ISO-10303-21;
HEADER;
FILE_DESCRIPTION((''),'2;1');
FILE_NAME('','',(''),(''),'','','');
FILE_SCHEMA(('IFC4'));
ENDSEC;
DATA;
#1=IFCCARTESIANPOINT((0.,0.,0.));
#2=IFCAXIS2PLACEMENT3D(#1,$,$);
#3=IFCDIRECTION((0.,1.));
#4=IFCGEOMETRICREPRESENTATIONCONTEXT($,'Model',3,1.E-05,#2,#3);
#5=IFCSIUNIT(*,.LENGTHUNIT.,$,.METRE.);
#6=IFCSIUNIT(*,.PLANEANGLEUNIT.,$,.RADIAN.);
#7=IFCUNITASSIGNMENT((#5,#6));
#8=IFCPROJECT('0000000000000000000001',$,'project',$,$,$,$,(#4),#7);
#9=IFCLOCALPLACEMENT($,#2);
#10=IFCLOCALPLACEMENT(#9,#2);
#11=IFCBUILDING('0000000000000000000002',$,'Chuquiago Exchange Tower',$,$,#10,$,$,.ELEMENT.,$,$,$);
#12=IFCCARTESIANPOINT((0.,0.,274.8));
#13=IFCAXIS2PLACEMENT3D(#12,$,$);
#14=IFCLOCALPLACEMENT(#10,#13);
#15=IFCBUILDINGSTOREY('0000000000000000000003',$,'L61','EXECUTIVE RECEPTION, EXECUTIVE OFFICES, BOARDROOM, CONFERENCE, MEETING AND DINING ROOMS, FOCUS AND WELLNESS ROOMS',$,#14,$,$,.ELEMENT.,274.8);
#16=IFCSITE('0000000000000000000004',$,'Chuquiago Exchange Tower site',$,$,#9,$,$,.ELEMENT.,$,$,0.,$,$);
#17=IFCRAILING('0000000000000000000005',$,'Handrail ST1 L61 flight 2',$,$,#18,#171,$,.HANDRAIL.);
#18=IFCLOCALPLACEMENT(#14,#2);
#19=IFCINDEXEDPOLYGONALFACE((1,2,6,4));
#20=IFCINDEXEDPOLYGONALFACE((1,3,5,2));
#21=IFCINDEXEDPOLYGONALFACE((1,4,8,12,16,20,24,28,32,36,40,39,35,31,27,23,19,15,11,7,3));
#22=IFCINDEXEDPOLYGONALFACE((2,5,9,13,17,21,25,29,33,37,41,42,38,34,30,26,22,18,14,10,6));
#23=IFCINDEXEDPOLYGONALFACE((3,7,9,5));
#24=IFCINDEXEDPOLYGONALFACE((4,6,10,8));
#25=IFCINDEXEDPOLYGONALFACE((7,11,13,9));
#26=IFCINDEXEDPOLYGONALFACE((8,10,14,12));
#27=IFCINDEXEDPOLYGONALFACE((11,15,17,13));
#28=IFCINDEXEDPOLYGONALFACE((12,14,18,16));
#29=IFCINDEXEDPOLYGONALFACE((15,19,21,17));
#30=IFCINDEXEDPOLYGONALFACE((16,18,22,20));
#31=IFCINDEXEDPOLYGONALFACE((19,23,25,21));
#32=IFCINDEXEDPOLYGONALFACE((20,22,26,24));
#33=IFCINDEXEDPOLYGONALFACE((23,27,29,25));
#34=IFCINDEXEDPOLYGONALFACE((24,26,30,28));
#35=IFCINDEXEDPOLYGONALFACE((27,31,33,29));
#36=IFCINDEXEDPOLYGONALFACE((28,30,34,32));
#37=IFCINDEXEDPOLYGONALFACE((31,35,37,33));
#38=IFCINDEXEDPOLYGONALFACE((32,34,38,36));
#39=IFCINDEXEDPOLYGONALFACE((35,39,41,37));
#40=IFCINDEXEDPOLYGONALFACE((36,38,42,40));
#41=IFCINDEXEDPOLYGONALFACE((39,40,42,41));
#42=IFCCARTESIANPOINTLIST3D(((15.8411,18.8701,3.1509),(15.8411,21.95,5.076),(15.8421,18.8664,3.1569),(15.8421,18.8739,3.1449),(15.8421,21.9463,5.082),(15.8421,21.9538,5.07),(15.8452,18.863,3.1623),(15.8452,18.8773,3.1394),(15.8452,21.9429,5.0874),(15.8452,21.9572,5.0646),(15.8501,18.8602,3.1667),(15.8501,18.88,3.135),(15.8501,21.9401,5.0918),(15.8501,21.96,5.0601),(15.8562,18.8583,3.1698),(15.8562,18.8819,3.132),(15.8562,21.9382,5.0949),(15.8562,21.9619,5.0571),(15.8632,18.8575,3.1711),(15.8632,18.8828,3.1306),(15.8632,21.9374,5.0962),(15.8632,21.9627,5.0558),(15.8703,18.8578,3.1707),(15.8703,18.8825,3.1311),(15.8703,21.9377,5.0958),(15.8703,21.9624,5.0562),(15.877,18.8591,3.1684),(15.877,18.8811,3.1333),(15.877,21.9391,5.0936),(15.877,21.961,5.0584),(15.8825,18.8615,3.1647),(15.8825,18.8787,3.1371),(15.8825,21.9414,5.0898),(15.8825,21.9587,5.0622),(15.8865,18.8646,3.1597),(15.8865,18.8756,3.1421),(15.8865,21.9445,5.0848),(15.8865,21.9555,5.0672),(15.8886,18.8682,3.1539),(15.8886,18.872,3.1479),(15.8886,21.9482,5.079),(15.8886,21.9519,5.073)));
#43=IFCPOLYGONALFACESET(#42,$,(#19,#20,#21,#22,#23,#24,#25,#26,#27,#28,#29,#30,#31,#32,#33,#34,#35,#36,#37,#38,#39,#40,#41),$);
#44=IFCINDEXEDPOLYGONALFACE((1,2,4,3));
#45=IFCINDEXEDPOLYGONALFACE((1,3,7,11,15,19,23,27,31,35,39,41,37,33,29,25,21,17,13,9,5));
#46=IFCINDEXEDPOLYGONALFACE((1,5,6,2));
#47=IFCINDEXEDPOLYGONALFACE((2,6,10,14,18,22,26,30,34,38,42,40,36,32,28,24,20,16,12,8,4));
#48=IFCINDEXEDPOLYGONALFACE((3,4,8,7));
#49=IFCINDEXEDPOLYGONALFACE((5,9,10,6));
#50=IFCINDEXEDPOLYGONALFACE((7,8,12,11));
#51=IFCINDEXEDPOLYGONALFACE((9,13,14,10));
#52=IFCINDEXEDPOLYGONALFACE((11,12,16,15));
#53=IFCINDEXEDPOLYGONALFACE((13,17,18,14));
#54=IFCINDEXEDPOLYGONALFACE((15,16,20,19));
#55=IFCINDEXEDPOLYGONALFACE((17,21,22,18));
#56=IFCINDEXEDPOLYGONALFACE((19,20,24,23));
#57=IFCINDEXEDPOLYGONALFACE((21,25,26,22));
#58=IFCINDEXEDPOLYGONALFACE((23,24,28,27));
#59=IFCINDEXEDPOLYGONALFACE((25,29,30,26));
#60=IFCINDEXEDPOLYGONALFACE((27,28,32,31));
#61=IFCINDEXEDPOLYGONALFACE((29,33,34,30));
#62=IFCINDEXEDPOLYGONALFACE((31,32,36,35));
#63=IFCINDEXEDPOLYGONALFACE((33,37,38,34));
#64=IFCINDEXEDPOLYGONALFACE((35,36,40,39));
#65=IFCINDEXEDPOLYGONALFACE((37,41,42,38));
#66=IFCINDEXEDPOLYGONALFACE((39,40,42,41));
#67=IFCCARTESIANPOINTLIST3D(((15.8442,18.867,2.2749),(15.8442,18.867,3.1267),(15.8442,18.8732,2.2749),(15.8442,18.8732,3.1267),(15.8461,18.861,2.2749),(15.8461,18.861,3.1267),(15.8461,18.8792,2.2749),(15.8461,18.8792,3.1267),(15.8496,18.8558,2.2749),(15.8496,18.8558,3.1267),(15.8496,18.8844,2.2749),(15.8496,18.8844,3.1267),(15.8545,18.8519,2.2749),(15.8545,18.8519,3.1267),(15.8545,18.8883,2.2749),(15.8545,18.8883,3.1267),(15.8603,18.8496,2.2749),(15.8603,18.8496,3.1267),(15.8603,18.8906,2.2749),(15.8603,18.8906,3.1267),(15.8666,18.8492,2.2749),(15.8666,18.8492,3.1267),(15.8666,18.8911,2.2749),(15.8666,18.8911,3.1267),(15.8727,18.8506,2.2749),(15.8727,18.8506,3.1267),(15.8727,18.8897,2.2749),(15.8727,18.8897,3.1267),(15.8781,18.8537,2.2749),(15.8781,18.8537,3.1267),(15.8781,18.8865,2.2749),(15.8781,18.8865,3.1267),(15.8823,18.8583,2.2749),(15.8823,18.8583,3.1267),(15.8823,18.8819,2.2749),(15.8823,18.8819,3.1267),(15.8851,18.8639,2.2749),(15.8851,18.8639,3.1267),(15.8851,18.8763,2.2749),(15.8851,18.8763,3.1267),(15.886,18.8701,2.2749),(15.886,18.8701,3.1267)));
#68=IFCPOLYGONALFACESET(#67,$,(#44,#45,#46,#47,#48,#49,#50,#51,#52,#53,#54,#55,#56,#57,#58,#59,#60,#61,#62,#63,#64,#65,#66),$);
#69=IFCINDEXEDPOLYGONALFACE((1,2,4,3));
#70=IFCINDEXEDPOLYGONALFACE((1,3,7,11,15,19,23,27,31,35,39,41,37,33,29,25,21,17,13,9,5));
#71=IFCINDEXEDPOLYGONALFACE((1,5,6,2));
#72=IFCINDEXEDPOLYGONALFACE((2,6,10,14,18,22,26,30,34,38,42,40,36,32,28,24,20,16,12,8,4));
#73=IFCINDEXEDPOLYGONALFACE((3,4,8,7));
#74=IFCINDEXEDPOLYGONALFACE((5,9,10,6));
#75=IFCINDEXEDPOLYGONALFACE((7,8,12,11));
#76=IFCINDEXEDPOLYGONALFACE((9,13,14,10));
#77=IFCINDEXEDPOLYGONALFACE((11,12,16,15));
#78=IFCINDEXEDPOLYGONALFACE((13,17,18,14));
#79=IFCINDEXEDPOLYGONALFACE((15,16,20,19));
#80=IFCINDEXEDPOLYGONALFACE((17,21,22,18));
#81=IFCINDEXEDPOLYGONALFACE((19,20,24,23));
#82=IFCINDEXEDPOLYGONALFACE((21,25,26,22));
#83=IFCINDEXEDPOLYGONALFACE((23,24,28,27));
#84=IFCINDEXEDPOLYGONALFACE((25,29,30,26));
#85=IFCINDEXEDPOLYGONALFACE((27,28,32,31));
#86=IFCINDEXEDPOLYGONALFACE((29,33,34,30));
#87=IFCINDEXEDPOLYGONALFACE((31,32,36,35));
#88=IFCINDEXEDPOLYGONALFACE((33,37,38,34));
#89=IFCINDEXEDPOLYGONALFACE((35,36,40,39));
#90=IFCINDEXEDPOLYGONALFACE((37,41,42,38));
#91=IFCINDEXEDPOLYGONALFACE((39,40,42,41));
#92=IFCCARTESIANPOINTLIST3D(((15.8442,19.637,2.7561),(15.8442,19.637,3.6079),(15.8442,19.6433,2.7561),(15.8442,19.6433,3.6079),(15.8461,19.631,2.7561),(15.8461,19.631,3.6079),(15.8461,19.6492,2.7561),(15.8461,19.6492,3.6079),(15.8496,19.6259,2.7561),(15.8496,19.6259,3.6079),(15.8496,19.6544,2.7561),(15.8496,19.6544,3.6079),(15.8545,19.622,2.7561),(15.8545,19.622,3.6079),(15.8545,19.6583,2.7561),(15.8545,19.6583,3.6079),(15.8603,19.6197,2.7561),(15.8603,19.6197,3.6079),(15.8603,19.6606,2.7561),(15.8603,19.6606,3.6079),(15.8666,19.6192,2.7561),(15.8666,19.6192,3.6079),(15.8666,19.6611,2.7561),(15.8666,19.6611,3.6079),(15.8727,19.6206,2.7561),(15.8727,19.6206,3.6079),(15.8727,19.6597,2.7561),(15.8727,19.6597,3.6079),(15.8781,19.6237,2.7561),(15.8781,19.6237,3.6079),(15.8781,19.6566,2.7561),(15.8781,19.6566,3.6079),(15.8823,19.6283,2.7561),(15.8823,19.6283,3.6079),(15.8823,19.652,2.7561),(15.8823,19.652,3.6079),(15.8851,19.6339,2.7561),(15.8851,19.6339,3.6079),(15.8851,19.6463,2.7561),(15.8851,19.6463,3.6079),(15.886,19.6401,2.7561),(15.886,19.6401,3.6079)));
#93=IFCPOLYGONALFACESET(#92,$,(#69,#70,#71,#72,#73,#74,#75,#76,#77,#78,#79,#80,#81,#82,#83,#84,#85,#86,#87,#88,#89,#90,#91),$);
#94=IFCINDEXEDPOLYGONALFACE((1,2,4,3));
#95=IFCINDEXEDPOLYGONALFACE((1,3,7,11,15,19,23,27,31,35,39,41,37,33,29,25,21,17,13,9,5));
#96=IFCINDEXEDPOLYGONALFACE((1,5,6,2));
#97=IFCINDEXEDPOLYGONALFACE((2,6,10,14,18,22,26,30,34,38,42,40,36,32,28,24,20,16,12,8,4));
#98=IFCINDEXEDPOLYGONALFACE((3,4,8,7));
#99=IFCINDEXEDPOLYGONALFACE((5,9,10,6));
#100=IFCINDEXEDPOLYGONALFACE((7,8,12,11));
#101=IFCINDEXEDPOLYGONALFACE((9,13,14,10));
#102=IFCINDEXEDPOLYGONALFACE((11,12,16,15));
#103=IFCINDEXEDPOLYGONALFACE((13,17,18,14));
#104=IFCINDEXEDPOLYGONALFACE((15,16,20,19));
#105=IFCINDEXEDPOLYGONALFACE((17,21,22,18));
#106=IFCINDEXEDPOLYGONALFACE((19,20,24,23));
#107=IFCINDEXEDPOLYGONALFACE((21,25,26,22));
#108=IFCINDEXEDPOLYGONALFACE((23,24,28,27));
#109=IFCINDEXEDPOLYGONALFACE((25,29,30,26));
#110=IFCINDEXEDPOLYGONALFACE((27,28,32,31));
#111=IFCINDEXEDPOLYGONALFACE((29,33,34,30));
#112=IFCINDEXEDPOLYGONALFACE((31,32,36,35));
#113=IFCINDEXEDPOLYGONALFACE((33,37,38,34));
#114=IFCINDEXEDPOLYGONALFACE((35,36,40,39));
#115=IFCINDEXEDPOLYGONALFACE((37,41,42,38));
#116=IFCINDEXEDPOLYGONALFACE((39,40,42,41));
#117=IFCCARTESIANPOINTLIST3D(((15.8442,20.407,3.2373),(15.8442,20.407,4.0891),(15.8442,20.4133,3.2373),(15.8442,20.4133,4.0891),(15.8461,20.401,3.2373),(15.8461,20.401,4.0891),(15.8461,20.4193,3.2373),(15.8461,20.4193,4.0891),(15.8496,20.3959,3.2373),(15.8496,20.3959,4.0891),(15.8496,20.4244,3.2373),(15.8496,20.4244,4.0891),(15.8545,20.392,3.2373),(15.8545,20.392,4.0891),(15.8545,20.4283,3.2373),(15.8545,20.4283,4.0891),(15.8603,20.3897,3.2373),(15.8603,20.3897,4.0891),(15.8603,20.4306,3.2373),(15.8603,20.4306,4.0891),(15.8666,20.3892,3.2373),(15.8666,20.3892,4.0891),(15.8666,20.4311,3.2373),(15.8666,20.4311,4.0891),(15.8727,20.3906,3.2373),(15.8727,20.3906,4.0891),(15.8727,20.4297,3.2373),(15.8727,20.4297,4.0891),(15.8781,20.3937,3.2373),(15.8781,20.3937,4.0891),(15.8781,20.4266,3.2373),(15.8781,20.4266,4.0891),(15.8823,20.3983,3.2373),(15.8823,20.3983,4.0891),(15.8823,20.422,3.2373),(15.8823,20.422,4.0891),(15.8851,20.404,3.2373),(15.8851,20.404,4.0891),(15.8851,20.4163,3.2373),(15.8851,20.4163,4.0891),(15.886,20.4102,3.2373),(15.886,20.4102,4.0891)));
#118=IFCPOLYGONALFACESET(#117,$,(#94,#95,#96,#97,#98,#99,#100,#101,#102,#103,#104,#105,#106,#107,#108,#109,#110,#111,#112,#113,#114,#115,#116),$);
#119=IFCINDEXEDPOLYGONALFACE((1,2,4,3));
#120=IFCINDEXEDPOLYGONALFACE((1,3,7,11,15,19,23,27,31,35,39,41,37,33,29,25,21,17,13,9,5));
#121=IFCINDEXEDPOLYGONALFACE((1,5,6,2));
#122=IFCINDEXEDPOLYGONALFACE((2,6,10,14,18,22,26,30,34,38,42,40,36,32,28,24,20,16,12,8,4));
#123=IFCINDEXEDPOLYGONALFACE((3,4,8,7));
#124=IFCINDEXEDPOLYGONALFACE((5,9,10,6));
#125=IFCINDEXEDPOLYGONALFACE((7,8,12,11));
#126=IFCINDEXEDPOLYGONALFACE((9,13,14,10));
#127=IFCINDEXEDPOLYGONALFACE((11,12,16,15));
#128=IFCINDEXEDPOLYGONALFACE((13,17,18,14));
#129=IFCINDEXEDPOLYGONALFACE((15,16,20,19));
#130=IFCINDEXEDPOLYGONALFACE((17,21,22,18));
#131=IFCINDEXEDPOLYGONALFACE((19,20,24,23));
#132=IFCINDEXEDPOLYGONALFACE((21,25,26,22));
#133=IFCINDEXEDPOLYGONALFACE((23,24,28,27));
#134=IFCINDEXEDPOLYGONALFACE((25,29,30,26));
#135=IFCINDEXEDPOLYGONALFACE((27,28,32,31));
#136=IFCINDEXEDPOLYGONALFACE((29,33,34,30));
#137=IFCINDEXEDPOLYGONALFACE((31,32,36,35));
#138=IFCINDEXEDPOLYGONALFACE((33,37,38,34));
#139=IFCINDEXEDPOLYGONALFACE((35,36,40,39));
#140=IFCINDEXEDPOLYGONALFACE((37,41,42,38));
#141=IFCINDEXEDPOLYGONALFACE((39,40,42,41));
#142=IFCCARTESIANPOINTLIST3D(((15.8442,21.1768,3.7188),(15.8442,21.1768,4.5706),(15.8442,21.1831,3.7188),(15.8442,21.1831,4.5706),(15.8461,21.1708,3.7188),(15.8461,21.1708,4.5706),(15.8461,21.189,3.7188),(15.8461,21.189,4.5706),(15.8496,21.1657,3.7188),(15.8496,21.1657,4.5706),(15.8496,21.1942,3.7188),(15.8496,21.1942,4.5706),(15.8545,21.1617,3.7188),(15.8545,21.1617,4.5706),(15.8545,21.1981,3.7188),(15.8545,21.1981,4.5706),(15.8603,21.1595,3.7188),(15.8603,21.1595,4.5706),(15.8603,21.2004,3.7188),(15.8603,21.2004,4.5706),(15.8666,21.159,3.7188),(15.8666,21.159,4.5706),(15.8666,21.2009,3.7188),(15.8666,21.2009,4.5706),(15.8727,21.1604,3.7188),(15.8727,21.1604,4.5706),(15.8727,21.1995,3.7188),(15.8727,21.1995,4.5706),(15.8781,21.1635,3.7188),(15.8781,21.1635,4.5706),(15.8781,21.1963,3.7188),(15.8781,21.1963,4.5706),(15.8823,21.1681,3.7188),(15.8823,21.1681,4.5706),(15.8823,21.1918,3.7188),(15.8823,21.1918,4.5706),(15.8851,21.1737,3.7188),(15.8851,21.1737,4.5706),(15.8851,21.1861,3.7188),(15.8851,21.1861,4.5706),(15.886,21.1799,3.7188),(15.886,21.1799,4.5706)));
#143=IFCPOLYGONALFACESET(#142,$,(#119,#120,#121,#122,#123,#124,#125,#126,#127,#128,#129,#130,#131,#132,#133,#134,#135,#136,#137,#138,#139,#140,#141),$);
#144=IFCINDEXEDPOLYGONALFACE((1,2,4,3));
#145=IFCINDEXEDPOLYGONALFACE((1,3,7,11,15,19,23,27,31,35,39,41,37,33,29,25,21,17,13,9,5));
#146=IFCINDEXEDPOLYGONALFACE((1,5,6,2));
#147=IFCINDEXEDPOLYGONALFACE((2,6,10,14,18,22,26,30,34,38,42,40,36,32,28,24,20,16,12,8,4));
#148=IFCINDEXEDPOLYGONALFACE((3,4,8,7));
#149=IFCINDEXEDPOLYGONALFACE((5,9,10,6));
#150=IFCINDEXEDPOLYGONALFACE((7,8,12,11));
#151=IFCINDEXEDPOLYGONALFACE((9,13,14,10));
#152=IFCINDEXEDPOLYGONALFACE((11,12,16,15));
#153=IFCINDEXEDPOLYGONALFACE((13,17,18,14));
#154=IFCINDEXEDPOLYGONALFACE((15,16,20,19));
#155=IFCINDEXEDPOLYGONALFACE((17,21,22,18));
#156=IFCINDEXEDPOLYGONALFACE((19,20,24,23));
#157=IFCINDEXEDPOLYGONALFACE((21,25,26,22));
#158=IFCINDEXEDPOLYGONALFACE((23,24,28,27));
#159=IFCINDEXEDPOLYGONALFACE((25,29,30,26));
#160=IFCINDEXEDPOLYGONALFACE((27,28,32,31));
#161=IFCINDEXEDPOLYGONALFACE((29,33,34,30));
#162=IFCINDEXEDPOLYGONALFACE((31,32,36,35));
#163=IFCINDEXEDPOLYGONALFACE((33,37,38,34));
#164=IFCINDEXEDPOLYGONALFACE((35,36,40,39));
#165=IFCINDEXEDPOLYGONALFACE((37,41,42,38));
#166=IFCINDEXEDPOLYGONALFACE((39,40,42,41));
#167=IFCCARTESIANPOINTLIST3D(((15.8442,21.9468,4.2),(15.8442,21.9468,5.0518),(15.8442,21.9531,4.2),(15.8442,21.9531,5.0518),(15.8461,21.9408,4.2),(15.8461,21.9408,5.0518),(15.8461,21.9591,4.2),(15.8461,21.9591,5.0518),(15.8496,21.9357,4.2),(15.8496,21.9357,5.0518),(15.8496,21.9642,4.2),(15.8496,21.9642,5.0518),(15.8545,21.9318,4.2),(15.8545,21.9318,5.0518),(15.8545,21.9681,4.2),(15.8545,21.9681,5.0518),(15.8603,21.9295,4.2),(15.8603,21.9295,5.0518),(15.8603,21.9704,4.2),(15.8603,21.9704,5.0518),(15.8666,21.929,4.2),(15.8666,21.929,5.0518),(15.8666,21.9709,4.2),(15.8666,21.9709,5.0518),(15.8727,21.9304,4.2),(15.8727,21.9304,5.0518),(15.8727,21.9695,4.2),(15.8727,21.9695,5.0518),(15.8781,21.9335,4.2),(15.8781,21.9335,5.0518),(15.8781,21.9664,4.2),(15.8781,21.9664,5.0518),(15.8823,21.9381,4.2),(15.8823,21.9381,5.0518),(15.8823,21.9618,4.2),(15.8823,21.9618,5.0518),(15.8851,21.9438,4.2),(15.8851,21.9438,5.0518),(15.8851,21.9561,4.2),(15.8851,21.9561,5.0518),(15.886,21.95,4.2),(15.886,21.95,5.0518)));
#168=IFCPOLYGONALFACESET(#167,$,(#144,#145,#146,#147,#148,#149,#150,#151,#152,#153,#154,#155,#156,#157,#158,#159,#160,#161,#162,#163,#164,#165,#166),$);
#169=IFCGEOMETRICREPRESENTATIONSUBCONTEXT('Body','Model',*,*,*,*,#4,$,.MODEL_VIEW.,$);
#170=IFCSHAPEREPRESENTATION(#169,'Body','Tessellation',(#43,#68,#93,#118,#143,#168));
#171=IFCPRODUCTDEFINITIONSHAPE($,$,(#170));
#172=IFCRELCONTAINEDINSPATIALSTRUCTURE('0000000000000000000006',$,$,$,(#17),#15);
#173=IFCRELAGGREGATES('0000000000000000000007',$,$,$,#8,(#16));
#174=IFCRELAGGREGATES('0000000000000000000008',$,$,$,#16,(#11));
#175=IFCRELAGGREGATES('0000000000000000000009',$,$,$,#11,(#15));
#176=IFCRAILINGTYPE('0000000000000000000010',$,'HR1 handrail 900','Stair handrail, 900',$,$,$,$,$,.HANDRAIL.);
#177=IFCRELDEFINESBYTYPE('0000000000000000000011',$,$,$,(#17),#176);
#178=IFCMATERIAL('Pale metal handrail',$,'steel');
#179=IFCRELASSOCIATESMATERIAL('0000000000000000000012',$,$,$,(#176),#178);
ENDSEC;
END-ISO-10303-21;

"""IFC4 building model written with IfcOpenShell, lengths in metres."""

from ifc_helpers import new_model, si_unit, direction, frame, origin, origin_2d, place, context, subcontext, project, spatial, circle, extrude, material, type_object, element, save


model = new_model("IFC4")

# Units and contexts
model_context = context("Model", 3, precision=1e-05, world=origin(), true_north=direction((0.0, 1.0)))
body_context = subcontext(model_context, "Body", "Model", "MODEL_VIEW")
ifc_project = project(units=[si_unit("LENGTHUNIT", "METRE"), si_unit("PLANEANGLEUNIT", "RADIAN")], contexts=[model_context])

# Site, building, storey
site_placement = place(None, origin())
site = spatial("IfcSite", under=ifc_project, at=site_placement, Name="Chuquiago Exchange Tower site", CompositionType="ELEMENT", RefElevation=0.0)
building_placement = place(site_placement, origin())
building = spatial("IfcBuilding", under=site, at=building_placement, Name="Chuquiago Exchange Tower", CompositionType="ELEMENT")
storey_placement = place(building_placement, frame((0.0, 0.0, 274.8)))
storey = spatial("IfcBuildingStorey", under=building, at=storey_placement, Name="L61", Description="EXECUTIVE RECEPTION, EXECUTIVE OFFICES, BOARDROOM, CONFERENCE, MEETING AND DINING ROOMS, FOCUS AND WELLNESS ROOMS", CompositionType="ELEMENT", Elevation=274.8)

# Railing
ifc_material_1 = material(Name="Pale metal handrail", Category="steel")
railing_type_1 = type_object("IfcRailingType", Name="HR1 handrail 900", Description="Stair handrail, 900", PredefinedType="HANDRAIL", material=ifc_material_1)
for number, where, name in (
    (1, (15.865, 18.8701, 2.2749), "Handrail ST1 L61 flight 2"),
):
    element("IfcRailing", number, at=place(storey_placement, frame(where)), inside=storey, type_object=railing_type_1, Name=name, PredefinedType="HANDRAIL", context=body_context, shape_type="SweptSolid", body=[
        extrude(circle(Radius=0.0239, at=origin_2d()), frame((0.0, 0.0, 0.876), z_axis=(0.0, 0.847979, 0.530029), x_axis=(-1.0, 0.0, 0.0)), (0.0, 0.0, 1.0), 3.6321),
        extrude(circle(Radius=0.021, at=origin_2d()), origin(), (0.0, 0.0, 1.0), 0.8518),
        extrude(circle(Radius=0.021, at=origin_2d()), frame((0.0, 0.77, 0.4812)), (0.0, 0.0, 1.0), 0.8518),
        extrude(circle(Radius=0.021, at=origin_2d()), frame((0.0, 1.54, 0.9624)), (0.0, 0.0, 1.0), 0.8518),
        extrude(circle(Radius=0.021, at=origin_2d()), frame((0.0, 2.3098, 1.4438)), (0.0, 0.0, 1.0), 0.8518),
        extrude(circle(Radius=0.021, at=origin_2d()), frame((0.0, 3.0798, 1.925)), (0.0, 0.0, 1.0), 0.8518),
    ])

save(model, "model.ifc")
